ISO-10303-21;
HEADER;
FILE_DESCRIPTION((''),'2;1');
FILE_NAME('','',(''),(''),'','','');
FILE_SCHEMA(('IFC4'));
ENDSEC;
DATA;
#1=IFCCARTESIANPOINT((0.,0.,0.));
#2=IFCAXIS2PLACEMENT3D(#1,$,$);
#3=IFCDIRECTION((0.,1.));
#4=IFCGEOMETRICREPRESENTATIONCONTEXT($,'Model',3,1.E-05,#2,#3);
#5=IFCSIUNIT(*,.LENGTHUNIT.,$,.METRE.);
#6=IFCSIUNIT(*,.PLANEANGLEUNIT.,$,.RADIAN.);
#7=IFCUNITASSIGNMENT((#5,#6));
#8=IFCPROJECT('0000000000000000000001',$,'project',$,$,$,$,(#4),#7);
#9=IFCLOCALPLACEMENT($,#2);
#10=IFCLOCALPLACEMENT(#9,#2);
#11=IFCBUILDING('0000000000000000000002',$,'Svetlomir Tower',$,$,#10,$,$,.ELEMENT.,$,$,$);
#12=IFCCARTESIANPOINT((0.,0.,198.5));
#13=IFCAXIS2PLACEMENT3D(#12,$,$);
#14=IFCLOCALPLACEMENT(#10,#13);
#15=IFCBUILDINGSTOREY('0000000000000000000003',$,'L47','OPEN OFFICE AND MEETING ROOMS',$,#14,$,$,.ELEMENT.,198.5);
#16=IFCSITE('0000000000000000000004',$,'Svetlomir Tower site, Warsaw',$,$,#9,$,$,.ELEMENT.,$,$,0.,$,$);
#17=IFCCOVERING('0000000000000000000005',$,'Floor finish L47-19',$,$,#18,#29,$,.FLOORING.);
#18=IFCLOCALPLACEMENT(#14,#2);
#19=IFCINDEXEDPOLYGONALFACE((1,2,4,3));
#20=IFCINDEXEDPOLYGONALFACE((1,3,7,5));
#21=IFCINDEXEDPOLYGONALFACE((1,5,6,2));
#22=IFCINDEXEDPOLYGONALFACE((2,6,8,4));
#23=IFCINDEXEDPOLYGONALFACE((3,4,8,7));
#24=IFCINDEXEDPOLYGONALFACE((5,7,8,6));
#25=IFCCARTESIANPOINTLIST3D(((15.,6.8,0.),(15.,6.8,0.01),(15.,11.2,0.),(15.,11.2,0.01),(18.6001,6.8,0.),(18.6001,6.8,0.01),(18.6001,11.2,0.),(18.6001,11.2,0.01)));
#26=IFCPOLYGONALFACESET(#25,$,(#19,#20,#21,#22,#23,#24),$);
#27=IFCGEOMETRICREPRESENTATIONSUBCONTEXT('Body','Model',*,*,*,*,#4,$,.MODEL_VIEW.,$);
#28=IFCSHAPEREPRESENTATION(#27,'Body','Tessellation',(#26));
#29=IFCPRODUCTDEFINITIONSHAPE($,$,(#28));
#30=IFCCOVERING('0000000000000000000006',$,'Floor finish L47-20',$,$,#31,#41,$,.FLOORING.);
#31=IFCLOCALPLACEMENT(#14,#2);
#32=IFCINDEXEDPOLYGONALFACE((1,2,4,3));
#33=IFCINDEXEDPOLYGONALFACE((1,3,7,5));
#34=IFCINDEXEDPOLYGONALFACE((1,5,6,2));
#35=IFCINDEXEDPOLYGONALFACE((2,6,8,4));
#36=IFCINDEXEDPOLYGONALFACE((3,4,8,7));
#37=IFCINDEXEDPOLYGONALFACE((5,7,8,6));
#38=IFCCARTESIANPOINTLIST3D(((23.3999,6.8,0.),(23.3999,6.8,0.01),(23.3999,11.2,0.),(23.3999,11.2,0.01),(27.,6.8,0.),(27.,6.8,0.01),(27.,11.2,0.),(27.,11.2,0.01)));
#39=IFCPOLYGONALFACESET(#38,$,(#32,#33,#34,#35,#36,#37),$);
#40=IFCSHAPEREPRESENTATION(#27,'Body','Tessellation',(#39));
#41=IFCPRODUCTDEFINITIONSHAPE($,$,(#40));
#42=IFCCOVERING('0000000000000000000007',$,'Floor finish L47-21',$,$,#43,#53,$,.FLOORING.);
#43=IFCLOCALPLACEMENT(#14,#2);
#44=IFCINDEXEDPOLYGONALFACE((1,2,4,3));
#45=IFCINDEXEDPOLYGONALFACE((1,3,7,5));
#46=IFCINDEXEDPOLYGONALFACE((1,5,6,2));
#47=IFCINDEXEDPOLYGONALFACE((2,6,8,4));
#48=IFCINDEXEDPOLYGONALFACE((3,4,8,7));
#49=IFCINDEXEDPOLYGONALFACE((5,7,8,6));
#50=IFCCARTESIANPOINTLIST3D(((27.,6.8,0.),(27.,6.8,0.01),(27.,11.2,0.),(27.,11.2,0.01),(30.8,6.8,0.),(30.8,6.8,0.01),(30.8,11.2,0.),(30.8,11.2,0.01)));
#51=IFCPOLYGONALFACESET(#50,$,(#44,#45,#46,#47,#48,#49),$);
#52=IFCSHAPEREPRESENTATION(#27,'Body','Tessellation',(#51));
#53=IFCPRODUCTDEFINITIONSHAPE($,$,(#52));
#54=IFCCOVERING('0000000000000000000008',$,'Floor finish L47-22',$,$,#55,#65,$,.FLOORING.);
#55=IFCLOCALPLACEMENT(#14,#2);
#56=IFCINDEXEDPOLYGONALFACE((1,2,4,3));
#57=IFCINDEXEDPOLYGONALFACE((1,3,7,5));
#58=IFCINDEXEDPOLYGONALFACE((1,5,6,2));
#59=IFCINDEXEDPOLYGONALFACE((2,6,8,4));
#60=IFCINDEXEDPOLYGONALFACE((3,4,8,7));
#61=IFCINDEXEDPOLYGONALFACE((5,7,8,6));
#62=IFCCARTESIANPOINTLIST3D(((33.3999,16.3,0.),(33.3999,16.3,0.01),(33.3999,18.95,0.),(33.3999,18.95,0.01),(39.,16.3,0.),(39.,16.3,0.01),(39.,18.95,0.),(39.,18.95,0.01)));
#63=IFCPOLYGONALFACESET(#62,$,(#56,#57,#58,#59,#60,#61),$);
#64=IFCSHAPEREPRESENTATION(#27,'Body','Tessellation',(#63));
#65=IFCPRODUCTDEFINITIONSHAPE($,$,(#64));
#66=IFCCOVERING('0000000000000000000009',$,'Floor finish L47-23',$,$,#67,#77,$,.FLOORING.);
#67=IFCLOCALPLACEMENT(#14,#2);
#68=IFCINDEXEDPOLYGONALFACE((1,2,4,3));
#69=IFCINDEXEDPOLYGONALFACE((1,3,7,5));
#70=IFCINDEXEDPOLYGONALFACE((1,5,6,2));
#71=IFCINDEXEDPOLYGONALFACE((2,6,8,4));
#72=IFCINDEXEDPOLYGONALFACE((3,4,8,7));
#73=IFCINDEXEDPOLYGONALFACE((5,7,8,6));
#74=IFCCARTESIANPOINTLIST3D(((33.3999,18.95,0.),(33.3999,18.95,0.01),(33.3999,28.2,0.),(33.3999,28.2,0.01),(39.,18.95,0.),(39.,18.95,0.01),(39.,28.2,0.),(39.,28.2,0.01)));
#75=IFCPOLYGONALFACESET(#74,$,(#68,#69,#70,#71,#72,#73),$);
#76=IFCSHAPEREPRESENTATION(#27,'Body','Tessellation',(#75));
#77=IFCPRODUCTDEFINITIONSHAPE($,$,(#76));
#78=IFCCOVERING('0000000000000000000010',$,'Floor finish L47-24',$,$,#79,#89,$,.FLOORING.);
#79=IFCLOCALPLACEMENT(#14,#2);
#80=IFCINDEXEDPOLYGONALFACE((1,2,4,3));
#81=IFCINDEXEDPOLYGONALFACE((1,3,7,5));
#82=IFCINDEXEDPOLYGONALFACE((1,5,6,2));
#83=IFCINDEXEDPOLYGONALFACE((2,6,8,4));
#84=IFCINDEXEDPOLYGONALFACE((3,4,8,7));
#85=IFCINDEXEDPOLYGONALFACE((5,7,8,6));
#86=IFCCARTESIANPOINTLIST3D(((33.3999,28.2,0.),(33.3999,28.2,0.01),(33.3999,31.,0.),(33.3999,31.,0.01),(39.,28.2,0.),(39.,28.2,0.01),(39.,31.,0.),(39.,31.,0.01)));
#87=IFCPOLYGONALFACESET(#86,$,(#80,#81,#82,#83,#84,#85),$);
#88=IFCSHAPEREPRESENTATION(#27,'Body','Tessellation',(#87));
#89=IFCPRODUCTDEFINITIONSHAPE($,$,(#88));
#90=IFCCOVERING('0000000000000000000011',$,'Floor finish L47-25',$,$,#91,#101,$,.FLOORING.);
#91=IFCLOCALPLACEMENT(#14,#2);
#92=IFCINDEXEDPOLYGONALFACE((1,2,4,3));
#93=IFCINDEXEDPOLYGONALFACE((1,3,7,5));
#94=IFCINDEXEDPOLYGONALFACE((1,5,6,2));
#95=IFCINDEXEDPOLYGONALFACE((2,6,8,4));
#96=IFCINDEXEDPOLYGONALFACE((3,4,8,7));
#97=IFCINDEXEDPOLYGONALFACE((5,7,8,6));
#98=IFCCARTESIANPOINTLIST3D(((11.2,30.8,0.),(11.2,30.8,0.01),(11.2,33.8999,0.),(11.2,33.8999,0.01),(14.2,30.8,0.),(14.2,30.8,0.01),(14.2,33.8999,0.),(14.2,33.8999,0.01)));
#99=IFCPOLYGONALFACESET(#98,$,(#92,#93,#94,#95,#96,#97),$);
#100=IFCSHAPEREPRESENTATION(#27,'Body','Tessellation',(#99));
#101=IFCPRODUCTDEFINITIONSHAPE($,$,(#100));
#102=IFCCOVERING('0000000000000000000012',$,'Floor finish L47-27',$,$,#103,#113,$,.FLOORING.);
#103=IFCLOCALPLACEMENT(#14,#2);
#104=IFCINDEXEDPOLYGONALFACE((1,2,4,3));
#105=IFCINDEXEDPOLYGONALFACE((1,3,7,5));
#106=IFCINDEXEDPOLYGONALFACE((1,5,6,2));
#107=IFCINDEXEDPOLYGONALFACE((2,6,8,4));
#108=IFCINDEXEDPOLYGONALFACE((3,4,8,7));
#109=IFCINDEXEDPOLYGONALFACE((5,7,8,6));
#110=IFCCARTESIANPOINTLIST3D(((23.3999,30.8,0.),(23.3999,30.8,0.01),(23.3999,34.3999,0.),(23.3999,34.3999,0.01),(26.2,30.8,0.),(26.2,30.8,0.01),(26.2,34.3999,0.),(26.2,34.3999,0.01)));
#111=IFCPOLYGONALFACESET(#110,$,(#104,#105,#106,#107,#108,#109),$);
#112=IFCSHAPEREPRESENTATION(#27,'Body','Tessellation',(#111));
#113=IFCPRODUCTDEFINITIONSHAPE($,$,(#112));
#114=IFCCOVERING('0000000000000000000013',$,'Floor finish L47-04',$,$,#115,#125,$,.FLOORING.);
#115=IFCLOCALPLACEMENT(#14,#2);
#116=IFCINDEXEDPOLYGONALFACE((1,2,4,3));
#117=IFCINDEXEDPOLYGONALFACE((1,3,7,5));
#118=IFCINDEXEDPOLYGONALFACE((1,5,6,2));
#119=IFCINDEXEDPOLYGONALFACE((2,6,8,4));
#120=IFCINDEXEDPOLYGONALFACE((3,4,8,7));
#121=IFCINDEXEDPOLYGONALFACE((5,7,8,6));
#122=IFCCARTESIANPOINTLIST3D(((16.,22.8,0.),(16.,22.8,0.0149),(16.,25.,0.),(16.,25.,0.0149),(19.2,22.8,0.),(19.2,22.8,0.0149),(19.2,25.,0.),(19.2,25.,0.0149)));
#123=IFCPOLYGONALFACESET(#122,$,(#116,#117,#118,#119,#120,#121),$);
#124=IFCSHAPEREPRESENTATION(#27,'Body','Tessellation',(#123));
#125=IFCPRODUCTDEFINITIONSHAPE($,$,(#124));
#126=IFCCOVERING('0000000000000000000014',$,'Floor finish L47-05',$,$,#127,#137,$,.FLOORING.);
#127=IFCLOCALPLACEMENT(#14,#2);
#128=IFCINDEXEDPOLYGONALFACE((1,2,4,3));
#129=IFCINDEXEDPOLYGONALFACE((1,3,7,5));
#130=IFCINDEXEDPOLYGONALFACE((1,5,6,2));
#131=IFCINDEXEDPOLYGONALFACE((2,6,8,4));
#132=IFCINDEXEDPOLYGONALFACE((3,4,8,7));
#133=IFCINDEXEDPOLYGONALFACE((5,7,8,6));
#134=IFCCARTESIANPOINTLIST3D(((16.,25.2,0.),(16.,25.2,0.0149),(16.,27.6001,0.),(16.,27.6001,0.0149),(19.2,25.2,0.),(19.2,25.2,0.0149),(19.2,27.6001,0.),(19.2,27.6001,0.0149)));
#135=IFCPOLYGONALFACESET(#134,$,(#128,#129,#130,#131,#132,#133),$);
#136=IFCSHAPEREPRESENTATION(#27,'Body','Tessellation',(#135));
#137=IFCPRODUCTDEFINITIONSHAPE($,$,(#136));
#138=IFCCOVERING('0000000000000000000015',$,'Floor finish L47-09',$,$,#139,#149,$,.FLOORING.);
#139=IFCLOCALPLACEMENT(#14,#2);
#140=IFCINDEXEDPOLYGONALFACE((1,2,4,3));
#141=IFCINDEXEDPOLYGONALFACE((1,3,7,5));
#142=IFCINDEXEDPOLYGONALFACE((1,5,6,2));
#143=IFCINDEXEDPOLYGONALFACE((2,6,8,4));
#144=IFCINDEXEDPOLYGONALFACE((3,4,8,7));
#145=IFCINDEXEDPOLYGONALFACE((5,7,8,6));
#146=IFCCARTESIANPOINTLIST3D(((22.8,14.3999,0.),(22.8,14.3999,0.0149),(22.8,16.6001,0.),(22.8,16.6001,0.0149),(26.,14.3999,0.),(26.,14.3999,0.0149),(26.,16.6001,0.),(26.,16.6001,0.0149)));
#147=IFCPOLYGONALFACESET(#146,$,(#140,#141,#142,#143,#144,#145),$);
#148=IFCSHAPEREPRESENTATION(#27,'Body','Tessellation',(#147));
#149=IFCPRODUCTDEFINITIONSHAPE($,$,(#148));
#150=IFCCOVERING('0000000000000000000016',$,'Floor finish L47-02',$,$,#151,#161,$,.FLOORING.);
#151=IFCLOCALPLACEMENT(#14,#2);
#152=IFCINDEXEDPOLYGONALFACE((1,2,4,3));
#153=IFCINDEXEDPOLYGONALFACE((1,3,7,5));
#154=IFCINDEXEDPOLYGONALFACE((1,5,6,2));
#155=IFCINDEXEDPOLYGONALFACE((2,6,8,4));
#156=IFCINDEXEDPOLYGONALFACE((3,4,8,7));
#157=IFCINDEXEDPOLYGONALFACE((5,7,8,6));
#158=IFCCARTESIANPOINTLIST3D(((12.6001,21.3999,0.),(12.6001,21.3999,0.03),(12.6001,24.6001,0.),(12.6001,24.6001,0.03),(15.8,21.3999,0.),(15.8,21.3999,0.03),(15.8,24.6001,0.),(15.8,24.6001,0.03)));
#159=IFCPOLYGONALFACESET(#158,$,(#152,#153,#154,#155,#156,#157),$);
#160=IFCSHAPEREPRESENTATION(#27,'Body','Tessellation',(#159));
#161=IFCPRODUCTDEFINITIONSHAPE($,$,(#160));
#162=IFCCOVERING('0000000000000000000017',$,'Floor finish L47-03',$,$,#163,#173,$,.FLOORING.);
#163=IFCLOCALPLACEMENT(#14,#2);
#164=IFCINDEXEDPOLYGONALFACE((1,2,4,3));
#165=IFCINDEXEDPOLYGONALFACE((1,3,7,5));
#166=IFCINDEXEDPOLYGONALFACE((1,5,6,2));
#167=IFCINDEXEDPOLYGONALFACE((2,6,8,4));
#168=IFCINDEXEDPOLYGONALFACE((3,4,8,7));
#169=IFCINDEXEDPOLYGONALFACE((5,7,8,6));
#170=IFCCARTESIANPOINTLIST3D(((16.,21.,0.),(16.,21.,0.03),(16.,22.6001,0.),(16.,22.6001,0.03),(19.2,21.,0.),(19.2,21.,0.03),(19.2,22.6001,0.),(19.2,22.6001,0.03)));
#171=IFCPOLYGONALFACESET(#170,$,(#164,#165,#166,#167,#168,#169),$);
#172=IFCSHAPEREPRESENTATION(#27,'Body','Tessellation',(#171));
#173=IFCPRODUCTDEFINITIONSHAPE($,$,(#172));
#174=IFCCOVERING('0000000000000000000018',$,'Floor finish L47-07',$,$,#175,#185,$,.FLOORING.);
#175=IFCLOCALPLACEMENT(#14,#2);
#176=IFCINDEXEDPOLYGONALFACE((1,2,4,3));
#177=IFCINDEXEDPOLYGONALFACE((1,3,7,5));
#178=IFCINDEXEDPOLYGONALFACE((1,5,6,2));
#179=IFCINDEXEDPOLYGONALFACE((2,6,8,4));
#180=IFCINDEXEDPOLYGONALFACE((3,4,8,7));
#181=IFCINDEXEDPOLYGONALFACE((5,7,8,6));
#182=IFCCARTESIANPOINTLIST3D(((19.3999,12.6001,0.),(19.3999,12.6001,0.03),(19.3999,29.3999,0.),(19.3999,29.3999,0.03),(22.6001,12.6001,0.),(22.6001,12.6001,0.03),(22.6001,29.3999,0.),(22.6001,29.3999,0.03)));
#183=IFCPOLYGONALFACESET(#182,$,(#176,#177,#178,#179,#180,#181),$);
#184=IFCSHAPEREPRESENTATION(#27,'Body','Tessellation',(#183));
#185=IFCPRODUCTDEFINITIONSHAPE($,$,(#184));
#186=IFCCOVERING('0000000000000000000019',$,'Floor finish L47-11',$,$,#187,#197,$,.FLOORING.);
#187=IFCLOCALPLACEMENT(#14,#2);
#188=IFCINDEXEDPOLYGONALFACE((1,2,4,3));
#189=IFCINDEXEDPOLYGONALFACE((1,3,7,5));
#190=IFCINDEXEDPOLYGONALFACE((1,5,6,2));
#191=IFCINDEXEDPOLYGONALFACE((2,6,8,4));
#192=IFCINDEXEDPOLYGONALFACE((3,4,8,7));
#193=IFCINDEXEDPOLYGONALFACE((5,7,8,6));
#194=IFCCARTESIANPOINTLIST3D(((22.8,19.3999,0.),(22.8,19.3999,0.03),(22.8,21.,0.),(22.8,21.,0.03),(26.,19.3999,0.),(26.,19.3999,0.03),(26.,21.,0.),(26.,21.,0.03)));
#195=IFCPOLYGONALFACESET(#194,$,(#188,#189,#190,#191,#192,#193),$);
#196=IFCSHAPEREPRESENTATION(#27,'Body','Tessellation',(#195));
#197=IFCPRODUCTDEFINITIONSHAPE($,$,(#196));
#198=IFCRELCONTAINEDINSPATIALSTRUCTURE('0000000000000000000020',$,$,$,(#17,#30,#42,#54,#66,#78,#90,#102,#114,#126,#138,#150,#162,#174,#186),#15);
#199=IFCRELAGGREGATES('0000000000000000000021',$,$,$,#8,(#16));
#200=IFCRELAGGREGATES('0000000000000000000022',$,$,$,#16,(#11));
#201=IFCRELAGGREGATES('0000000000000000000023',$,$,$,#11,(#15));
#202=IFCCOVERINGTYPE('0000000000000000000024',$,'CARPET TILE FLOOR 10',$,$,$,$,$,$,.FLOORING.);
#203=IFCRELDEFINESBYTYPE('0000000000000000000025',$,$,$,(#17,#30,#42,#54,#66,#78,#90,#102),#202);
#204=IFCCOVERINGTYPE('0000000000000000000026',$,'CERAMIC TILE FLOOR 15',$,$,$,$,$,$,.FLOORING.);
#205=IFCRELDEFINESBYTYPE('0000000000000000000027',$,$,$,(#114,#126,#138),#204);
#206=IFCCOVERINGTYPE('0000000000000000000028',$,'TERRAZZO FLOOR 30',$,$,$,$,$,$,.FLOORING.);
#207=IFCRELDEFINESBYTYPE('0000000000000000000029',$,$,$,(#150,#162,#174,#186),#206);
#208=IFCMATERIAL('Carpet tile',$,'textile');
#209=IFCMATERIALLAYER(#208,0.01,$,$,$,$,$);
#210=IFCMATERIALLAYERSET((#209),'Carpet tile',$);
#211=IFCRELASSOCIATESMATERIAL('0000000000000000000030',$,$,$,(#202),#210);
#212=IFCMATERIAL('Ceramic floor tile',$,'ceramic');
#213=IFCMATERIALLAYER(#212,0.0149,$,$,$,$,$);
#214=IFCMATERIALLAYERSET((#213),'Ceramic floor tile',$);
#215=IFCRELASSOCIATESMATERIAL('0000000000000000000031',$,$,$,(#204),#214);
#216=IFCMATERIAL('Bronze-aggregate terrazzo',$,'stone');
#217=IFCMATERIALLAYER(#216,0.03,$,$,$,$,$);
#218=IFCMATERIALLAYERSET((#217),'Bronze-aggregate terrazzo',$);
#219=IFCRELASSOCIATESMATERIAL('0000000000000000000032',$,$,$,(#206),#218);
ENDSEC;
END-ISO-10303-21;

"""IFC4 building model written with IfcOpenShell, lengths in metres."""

from ifc_helpers import new_model, si_unit, direction, frame, origin, place, context, subcontext, project, spatial, polyline, outline, extrude, material, layer, layer_set, type_object, element, save


model = new_model("IFC4")

# Units and contexts
model_context = context("Model", 3, precision=1e-05, world=origin(), true_north=direction((0.0, 1.0)))
body_context = subcontext(model_context, "Body", "Model", "MODEL_VIEW")
ifc_project = project(units=[si_unit("LENGTHUNIT", "METRE"), si_unit("PLANEANGLEUNIT", "RADIAN")], contexts=[model_context])

# Site, building, storey
site_placement = place(None, origin())
site = spatial("IfcSite", under=ifc_project, at=site_placement, Name="Svetlomir Tower site, Warsaw", CompositionType="ELEMENT", RefElevation=0.0)
building_placement = place(site_placement, origin())
building = spatial("IfcBuilding", under=site, at=building_placement, Name="Svetlomir Tower", CompositionType="ELEMENT")
storey_placement = place(building_placement, frame((0.0, 0.0, 198.5)))
storey = spatial("IfcBuildingStorey", under=building, at=storey_placement, Name="L47", Description="OPEN OFFICE AND MEETING ROOMS", CompositionType="ELEMENT", Elevation=198.5)

# Coverings
ifc_material_1 = material(Name="Carpet tile", Category="textile")
ifc_layer_1 = layer(ifc_material_1, 0.01)
ifc_layer_set_1 = layer_set([ifc_layer_1], Name="Carpet tile")
covering_type_1 = type_object("IfcCoveringType", Name="CARPET TILE FLOOR 10", PredefinedType="FLOORING", material=ifc_layer_set_1)
covering_1_placement = place(storey_placement, origin())
element("IfcCovering", 1, at=covering_1_placement, inside=storey, type_object=covering_type_1, Name="Floor finish L47-19", PredefinedType="FLOORING", context=body_context, shape_type="SweptSolid", body=[
    extrude(outline(polyline([(15.0, 6.8), (18.6001, 6.8), (18.6001, 11.2), (15.0, 11.2), (15.0, 6.8)])), origin(), (0.0, 0.0, 1.0), 0.01),
])
covering_2_placement = place(storey_placement, origin())
element("IfcCovering", 2, at=covering_2_placement, inside=storey, type_object=covering_type_1, Name="Floor finish L47-20", PredefinedType="FLOORING", context=body_context, shape_type="SweptSolid", body=[
    extrude(outline(polyline([(23.3999, 6.8), (27.0, 6.8), (27.0, 11.2), (23.3999, 11.2), (23.3999, 6.8)])), origin(), (0.0, 0.0, 1.0), 0.01),
])
covering_3_placement = place(storey_placement, origin())
element("IfcCovering", 3, at=covering_3_placement, inside=storey, type_object=covering_type_1, Name="Floor finish L47-21", PredefinedType="FLOORING", context=body_context, shape_type="SweptSolid", body=[
    extrude(outline(polyline([(27.0, 6.8), (30.8, 6.8), (30.8, 11.2), (27.0, 11.2), (27.0, 6.8)])), origin(), (0.0, 0.0, 1.0), 0.01),
])
covering_4_placement = place(storey_placement, origin())
element("IfcCovering", 4, at=covering_4_placement, inside=storey, type_object=covering_type_1, Name="Floor finish L47-22", PredefinedType="FLOORING", context=body_context, shape_type="SweptSolid", body=[
    extrude(outline(polyline([(33.3999, 16.3), (39.0, 16.3), (39.0, 18.95), (33.3999, 18.95), (33.3999, 16.3)])), origin(), (0.0, 0.0, 1.0), 0.01),
])
covering_5_placement = place(storey_placement, origin())
element("IfcCovering", 5, at=covering_5_placement, inside=storey, type_object=covering_type_1, Name="Floor finish L47-23", PredefinedType="FLOORING", context=body_context, shape_type="SweptSolid", body=[
    extrude(outline(polyline([(33.3999, 18.95), (39.0, 18.95), (39.0, 28.2), (33.3999, 28.2), (33.3999, 18.95)])), origin(), (0.0, 0.0, 1.0), 0.01),
])
covering_6_placement = place(storey_placement, origin())
element("IfcCovering", 6, at=covering_6_placement, inside=storey, type_object=covering_type_1, Name="Floor finish L47-24", PredefinedType="FLOORING", context=body_context, shape_type="SweptSolid", body=[
    extrude(outline(polyline([(33.3999, 28.2), (39.0, 28.2), (39.0, 31.0), (33.3999, 31.0), (33.3999, 28.2)])), origin(), (0.0, 0.0, 1.0), 0.01),
])
covering_7_placement = place(storey_placement, origin())
element("IfcCovering", 7, at=covering_7_placement, inside=storey, type_object=covering_type_1, Name="Floor finish L47-25", PredefinedType="FLOORING", context=body_context, shape_type="SweptSolid", body=[
    extrude(outline(polyline([(11.2, 30.8), (14.2, 30.8), (14.2, 33.8999), (11.2, 33.8999), (11.2, 30.8)])), origin(), (0.0, 0.0, 1.0), 0.01),
])
covering_8_placement = place(storey_placement, origin())
element("IfcCovering", 8, at=covering_8_placement, inside=storey, type_object=covering_type_1, Name="Floor finish L47-27", PredefinedType="FLOORING", context=body_context, shape_type="SweptSolid", body=[
    extrude(outline(polyline([(23.3999, 30.8), (26.2, 30.8), (26.2, 34.3999), (23.3999, 34.3999), (23.3999, 30.8)])), origin(), (0.0, 0.0, 1.0), 0.01),
])
ifc_material_2 = material(Name="Ceramic floor tile", Category="ceramic")
ifc_layer_2 = layer(ifc_material_2, 0.0149)
ifc_layer_set_2 = layer_set([ifc_layer_2], Name="Ceramic floor tile")
covering_type_2 = type_object("IfcCoveringType", Name="CERAMIC TILE FLOOR 15", PredefinedType="FLOORING", material=ifc_layer_set_2)
covering_9_placement = place(storey_placement, origin())
element("IfcCovering", 9, at=covering_9_placement, inside=storey, type_object=covering_type_2, Name="Floor finish L47-04", PredefinedType="FLOORING", context=body_context, shape_type="SweptSolid", body=[
    extrude(outline(polyline([(16.0, 22.8), (19.2, 22.8), (19.2, 25.0), (16.0, 25.0), (16.0, 22.8)])), origin(), (0.0, 0.0, 1.0), 0.0149),
])
covering_10_placement = place(storey_placement, origin())
element("IfcCovering", 10, at=covering_10_placement, inside=storey, type_object=covering_type_2, Name="Floor finish L47-05", PredefinedType="FLOORING", context=body_context, shape_type="SweptSolid", body=[
    extrude(outline(polyline([(16.0, 25.2), (19.2, 25.2), (19.2, 27.6001), (16.0, 27.6001), (16.0, 25.2)])), origin(), (0.0, 0.0, 1.0), 0.0149),
])
covering_11_placement = place(storey_placement, origin())
element("IfcCovering", 11, at=covering_11_placement, inside=storey, type_object=covering_type_2, Name="Floor finish L47-09", PredefinedType="FLOORING", context=body_context, shape_type="SweptSolid", body=[
    extrude(outline(polyline([(22.8, 14.3999), (26.0, 14.3999), (26.0, 16.6001), (22.8, 16.6001), (22.8, 14.3999)])), origin(), (0.0, 0.0, 1.0), 0.0149),
])
ifc_material_3 = material(Name="Bronze-aggregate terrazzo", Category="stone")
ifc_layer_3 = layer(ifc_material_3, 0.03)
ifc_layer_set_3 = layer_set([ifc_layer_3], Name="Bronze-aggregate terrazzo")
covering_type_3 = type_object("IfcCoveringType", Name="TERRAZZO FLOOR 30", PredefinedType="FLOORING", material=ifc_layer_set_3)
covering_12_placement = place(storey_placement, origin())
element("IfcCovering", 12, at=covering_12_placement, inside=storey, type_object=covering_type_3, Name="Floor finish L47-02", PredefinedType="FLOORING", context=body_context, shape_type="SweptSolid", body=[
    extrude(outline(polyline([(12.6001, 21.3999), (15.8, 21.3999), (15.8, 24.6001), (12.6001, 24.6001), (12.6001, 21.3999)])), origin(), (0.0, 0.0, 1.0), 0.03),
])
covering_13_placement = place(storey_placement, origin())
element("IfcCovering", 13, at=covering_13_placement, inside=storey, type_object=covering_type_3, Name="Floor finish L47-03", PredefinedType="FLOORING", context=body_context, shape_type="SweptSolid", body=[
    extrude(outline(polyline([(16.0, 21.0), (19.2, 21.0), (19.2, 22.6001), (16.0, 22.6001), (16.0, 21.0)])), origin(), (0.0, 0.0, 1.0), 0.03),
])
covering_14_placement = place(storey_placement, origin())
element("IfcCovering", 14, at=covering_14_placement, inside=storey, type_object=covering_type_3, Name="Floor finish L47-07", PredefinedType="FLOORING", context=body_context, shape_type="SweptSolid", body=[
    extrude(outline(polyline([(19.3999, 12.6001), (22.6001, 12.6001), (22.6001, 29.3999), (19.3999, 29.3999), (19.3999, 12.6001)])), origin(), (0.0, 0.0, 1.0), 0.03),
])
covering_15_placement = place(storey_placement, origin())
element("IfcCovering", 15, at=covering_15_placement, inside=storey, type_object=covering_type_3, Name="Floor finish L47-11", PredefinedType="FLOORING", context=body_context, shape_type="SweptSolid", body=[
    extrude(outline(polyline([(22.8, 19.3999), (26.0, 19.3999), (26.0, 21.0), (22.8, 21.0), (22.8, 19.3999)])), origin(), (0.0, 0.0, 1.0), 0.03),
])

save(model, "model.ifc")
